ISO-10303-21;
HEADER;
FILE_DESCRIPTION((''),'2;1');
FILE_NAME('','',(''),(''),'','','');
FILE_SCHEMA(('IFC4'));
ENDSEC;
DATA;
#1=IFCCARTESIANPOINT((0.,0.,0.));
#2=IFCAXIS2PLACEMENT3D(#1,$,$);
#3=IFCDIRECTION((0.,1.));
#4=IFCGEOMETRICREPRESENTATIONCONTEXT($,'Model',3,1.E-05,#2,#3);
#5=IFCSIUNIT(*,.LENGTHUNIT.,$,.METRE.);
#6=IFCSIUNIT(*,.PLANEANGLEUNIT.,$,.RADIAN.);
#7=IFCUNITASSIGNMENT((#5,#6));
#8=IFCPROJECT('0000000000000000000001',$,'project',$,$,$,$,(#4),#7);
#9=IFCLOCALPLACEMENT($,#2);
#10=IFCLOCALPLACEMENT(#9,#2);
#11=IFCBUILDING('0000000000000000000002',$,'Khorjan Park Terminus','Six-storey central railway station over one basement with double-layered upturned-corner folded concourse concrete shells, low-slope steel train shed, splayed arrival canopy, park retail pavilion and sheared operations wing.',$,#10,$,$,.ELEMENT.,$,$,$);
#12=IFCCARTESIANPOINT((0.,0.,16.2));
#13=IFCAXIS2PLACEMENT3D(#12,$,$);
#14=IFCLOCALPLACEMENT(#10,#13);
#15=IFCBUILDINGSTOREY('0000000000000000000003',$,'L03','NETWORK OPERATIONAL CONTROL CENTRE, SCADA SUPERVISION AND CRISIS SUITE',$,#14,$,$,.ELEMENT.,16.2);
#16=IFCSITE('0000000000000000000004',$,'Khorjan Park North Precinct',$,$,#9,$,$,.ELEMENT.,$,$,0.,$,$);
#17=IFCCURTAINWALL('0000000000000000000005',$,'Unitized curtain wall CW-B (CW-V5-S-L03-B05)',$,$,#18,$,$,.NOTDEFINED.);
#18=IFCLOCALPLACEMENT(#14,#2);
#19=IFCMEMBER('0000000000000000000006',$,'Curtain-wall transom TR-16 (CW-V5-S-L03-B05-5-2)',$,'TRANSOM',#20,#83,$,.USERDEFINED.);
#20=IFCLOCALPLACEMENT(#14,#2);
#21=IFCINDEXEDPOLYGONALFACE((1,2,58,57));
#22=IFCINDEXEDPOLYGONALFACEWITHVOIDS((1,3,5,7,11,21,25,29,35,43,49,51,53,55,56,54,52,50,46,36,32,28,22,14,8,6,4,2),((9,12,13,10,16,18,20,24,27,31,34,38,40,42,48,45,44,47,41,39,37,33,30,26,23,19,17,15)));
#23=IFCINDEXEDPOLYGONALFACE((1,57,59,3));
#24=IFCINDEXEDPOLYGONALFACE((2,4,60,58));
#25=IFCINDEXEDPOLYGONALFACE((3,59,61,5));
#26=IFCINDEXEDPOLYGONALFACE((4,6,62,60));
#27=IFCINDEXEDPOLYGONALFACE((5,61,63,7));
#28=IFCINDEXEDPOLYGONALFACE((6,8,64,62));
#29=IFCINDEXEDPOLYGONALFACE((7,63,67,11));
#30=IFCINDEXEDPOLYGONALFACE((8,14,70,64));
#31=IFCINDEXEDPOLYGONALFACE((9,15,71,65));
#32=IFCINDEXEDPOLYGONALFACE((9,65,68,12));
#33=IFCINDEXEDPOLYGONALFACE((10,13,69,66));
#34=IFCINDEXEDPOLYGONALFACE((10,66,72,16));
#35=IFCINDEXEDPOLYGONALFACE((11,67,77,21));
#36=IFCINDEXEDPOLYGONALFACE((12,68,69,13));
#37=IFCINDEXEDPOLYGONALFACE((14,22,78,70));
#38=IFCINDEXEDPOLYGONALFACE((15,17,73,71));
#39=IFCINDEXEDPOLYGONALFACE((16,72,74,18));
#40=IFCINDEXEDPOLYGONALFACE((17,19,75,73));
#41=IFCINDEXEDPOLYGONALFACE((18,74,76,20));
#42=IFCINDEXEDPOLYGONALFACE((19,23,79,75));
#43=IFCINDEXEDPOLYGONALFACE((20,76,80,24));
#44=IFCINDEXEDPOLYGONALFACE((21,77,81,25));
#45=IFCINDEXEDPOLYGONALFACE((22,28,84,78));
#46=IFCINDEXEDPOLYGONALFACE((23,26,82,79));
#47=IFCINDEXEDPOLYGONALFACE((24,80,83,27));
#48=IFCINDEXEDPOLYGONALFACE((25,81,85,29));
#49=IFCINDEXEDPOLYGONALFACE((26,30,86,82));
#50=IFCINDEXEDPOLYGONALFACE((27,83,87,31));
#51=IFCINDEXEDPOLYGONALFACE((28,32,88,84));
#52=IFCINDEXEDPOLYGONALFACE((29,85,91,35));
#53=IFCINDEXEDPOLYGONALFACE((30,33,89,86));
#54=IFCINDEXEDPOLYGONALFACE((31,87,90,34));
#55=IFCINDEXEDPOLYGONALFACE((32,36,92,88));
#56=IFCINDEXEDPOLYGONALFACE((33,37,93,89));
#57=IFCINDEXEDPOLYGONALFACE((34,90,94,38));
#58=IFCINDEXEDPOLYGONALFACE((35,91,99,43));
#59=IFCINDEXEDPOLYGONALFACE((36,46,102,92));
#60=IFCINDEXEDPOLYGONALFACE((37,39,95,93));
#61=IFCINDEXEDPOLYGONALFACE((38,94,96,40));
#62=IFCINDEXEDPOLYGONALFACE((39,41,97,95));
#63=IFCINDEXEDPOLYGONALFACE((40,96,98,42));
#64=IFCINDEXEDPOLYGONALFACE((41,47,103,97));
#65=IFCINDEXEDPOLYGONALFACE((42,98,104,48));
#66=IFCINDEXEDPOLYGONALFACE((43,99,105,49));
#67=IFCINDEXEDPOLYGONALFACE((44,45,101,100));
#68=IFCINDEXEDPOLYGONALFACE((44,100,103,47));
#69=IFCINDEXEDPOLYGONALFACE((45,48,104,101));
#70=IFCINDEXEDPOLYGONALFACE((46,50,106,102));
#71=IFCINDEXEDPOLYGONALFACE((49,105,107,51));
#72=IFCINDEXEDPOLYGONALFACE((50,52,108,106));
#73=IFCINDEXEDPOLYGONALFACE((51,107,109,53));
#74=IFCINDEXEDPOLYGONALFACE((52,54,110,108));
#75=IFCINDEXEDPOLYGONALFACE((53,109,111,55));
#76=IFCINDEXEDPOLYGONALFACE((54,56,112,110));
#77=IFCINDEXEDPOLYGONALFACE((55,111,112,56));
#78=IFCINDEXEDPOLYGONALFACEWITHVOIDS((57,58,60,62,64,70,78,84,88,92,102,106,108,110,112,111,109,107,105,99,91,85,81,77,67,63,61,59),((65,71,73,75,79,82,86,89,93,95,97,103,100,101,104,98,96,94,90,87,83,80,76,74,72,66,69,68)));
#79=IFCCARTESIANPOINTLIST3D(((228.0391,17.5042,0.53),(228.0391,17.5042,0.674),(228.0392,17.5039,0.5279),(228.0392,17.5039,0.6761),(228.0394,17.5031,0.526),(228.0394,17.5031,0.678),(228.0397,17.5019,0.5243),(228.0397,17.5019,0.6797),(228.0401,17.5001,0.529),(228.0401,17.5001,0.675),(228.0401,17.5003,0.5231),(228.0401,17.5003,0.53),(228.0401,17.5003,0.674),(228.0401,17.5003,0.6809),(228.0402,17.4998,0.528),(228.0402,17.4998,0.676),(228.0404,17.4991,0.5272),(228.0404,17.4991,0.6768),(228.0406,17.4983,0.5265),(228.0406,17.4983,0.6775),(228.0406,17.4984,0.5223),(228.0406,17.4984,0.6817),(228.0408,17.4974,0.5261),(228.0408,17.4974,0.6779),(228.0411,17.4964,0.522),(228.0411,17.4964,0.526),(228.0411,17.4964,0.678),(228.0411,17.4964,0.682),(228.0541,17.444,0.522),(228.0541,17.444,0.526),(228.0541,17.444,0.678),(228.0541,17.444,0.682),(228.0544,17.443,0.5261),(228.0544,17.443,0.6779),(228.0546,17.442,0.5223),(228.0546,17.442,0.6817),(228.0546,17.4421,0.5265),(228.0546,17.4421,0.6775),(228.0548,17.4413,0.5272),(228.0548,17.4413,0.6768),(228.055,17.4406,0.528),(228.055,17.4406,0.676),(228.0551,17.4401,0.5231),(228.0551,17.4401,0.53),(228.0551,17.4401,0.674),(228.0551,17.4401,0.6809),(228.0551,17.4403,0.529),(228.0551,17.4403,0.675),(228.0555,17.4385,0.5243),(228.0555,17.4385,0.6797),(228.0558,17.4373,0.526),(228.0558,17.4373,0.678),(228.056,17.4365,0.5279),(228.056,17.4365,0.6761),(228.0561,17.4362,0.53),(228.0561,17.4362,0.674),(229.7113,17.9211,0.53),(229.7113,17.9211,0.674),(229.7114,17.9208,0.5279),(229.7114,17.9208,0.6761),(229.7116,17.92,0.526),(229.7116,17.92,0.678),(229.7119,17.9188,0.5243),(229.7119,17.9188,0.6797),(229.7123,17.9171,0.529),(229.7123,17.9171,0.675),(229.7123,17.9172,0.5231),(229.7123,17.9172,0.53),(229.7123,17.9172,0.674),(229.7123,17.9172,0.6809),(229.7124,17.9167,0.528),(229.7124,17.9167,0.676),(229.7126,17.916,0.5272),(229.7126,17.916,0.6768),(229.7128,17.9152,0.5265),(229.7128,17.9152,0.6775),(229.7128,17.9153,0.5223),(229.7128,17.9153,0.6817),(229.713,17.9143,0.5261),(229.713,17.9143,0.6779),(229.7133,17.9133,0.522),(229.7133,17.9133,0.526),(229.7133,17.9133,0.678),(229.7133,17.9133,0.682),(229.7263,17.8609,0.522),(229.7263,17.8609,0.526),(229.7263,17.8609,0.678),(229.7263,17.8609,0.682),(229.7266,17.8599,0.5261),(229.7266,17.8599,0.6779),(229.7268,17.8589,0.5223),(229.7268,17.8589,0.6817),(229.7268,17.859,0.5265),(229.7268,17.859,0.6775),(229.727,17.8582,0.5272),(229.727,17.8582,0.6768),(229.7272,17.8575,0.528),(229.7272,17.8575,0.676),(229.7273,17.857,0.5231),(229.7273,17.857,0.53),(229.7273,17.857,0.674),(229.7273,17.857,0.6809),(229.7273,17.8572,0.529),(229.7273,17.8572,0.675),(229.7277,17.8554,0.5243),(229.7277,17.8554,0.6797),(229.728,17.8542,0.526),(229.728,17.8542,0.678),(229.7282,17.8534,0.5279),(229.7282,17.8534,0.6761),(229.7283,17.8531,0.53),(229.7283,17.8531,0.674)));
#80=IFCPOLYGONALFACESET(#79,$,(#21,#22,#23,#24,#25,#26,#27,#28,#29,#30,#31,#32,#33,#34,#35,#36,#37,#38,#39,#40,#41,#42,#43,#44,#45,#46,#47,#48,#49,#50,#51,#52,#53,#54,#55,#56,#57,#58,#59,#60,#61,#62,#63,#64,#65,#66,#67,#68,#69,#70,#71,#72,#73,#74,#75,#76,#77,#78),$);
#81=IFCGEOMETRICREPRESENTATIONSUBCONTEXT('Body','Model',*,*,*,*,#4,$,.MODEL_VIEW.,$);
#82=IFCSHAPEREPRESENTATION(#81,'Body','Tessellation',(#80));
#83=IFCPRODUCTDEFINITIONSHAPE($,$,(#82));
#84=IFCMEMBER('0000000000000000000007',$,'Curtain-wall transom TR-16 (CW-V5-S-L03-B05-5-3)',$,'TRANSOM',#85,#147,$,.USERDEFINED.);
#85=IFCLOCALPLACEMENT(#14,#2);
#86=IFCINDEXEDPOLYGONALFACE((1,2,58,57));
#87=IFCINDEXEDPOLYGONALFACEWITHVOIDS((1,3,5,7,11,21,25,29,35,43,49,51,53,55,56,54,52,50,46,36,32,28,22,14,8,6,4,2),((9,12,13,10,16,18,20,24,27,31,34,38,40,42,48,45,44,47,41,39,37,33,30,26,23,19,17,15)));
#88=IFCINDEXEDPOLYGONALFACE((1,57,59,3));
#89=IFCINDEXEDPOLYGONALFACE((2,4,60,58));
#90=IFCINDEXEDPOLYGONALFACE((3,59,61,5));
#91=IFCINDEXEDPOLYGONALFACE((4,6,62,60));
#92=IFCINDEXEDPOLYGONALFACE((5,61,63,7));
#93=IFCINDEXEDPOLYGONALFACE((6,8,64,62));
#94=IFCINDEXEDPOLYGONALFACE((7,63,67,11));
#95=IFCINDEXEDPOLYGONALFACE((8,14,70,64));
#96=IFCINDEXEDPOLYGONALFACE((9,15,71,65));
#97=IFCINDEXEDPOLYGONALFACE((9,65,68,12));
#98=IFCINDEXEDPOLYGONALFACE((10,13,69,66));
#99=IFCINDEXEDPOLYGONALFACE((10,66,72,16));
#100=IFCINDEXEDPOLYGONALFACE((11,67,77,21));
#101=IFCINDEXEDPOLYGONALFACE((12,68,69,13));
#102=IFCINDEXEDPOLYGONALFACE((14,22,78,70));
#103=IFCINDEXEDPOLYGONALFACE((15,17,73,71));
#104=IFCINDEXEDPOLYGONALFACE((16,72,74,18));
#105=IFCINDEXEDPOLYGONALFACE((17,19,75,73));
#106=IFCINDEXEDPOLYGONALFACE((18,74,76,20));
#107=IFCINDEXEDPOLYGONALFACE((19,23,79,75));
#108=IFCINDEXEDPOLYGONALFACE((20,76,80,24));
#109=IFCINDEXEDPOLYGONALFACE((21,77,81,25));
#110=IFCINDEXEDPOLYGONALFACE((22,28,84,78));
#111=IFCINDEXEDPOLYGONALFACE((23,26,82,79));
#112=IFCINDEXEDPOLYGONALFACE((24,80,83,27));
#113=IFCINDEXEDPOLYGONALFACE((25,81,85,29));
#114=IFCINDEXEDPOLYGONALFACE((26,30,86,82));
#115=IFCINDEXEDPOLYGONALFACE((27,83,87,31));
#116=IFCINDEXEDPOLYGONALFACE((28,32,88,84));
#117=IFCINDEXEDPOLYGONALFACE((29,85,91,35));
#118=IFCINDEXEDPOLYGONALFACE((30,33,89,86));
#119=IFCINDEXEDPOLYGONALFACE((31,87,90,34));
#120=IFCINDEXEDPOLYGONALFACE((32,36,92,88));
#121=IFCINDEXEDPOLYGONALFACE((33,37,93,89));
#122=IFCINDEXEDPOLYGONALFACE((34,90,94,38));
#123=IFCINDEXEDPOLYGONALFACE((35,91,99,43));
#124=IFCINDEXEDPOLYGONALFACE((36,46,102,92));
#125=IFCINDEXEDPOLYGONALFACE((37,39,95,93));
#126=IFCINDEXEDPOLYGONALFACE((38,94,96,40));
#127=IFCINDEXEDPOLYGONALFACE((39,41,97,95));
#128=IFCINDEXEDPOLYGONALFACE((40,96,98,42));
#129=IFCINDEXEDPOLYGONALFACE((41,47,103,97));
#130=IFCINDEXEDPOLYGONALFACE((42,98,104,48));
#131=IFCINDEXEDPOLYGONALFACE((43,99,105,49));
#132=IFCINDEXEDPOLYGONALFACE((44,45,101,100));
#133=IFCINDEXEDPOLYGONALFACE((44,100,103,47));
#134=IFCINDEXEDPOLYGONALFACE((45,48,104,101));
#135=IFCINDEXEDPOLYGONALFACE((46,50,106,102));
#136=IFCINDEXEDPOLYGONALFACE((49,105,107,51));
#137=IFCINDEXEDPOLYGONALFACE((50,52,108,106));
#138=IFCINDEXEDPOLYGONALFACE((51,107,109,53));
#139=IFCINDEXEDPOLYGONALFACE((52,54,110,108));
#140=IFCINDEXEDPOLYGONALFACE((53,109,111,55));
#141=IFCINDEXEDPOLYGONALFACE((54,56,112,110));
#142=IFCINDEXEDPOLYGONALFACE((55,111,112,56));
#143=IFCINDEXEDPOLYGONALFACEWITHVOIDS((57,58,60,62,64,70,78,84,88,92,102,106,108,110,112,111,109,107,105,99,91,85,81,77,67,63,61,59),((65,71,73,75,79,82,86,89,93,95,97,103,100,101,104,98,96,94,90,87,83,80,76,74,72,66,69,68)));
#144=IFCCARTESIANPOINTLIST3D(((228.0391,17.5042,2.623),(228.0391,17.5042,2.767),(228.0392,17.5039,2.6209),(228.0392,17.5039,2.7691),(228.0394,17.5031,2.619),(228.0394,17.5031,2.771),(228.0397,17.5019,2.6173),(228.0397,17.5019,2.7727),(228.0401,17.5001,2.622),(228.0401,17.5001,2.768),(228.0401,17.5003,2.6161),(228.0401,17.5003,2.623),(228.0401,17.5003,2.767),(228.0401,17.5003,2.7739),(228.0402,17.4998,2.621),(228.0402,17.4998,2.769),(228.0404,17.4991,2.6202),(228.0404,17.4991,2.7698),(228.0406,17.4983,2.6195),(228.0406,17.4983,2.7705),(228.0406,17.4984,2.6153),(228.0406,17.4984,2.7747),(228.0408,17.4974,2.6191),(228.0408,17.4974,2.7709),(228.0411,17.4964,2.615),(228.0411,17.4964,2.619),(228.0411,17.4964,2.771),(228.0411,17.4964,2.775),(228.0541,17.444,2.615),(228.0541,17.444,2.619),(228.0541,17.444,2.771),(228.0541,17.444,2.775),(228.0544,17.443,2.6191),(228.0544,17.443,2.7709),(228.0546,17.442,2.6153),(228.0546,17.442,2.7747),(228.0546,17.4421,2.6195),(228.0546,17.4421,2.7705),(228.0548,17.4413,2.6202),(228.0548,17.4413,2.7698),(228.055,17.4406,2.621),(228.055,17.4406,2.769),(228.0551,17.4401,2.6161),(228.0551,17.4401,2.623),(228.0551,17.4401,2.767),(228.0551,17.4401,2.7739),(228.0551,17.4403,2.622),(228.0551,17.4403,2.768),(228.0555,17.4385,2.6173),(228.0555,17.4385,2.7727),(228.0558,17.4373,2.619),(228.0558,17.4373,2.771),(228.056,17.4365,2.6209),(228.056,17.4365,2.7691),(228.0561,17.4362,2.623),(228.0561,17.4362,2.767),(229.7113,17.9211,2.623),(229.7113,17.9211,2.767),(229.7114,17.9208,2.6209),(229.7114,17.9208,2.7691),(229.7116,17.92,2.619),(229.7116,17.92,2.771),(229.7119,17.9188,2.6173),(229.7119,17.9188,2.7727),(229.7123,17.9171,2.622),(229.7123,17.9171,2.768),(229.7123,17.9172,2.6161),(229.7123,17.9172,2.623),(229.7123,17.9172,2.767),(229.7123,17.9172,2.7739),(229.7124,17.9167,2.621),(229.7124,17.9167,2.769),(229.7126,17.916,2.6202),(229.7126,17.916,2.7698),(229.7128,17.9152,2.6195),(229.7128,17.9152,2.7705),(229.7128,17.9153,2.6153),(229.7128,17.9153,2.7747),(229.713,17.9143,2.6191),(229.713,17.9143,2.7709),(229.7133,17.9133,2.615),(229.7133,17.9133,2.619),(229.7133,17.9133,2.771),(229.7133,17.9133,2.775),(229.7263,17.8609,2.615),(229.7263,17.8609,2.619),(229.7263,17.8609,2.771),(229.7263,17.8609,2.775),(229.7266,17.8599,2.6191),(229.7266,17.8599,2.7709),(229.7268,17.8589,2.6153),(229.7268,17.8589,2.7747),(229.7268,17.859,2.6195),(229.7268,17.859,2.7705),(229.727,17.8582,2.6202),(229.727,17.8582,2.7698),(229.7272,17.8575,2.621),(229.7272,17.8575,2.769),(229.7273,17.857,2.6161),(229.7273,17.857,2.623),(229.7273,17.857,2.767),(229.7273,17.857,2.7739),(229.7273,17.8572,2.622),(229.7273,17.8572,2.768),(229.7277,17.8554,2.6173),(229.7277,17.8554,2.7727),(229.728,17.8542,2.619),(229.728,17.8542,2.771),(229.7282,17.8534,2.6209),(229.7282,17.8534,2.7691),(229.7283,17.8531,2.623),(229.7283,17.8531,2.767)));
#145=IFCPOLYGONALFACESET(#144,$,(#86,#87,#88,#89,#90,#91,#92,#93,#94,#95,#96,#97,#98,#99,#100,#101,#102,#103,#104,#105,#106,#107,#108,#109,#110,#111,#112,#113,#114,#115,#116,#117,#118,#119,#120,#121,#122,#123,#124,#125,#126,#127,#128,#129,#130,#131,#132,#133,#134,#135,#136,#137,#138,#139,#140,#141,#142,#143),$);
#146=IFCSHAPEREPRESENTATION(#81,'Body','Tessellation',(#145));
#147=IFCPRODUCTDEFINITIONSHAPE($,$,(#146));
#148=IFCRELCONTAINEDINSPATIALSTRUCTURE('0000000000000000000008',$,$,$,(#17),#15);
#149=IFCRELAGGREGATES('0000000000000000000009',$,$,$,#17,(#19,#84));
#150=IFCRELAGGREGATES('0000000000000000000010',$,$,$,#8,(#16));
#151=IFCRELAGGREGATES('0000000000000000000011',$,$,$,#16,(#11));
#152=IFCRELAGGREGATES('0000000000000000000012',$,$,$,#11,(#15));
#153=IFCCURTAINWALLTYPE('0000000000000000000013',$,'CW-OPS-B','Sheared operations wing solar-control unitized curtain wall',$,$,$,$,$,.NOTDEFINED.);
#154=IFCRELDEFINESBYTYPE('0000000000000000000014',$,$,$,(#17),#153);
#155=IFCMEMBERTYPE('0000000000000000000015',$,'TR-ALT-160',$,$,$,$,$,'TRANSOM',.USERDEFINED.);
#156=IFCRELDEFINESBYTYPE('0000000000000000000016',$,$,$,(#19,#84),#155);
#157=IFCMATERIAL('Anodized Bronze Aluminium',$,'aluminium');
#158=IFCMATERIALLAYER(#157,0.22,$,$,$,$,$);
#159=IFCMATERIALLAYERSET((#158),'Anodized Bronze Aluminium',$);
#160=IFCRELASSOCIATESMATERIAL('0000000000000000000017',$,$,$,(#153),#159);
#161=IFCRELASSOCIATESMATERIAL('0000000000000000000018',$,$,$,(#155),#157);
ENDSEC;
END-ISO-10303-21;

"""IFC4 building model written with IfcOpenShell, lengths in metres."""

from ifc_helpers import new_model, si_unit, direction, frame, origin, origin_2d, place, context, subcontext, project, spatial, hollow_rectangle, extrude, material, layer, layer_set, material_profile, profile_set, type_object, element, aggregate, save


model = new_model("IFC4")

# Units and contexts
model_context = context("Model", 3, precision=1e-05, world=origin(), true_north=direction((0.0, 1.0)))
body_context = subcontext(model_context, "Body", "Model", "MODEL_VIEW")
ifc_project = project(units=[si_unit("LENGTHUNIT", "METRE"), si_unit("PLANEANGLEUNIT", "RADIAN")], contexts=[model_context])

# Site, building, storey
site_placement = place(None, origin())
site = spatial("IfcSite", under=ifc_project, at=site_placement, Name="Khorjan Park North Precinct", CompositionType="ELEMENT", RefElevation=0.0)
building_placement = place(site_placement, origin())
building = spatial("IfcBuilding", under=site, at=building_placement, Name="Khorjan Park Terminus", Description="Six-storey central railway station over one basement with double-layered upturned-corner folded concourse concrete shells, low-slope steel train shed, splayed arrival canopy, park retail pavilion and sheared operations wing.", CompositionType="ELEMENT")
storey_placement = place(building_placement, frame((0.0, 0.0, 16.2)))
storey = spatial("IfcBuildingStorey", under=building, at=storey_placement, Name="L03", Description="NETWORK OPERATIONAL CONTROL CENTRE, SCADA SUPERVISION AND CRISIS SUITE", CompositionType="ELEMENT", Elevation=16.2)

# Curtain wall
ifc_material_1 = material(Name="Anodized Bronze Aluminium", Category="aluminium")
ifc_layer_1 = layer(ifc_material_1, 0.22)
ifc_layer_set_1 = layer_set([ifc_layer_1], Name="Anodized Bronze Aluminium")
curtain_wall_type = type_object("IfcCurtainWallType", Name="CW-OPS-B", Description="Sheared operations wing solar-control unitized curtain wall", PredefinedType="NOTDEFINED", material=ifc_layer_set_1)
curtain_wall_1_placement = place(storey_placement, origin())
curtain_wall_1 = element("IfcCurtainWall", 1, at=curtain_wall_1_placement, inside=storey, type_object=curtain_wall_type, Name="Unitized curtain wall CW-B (CW-V5-S-L03-B05)", PredefinedType="NOTDEFINED")

# Members
ifc_material_profile_1 = material_profile(ifc_material_1, hollow_rectangle(XDim=0.07, YDim=0.16, WallThickness=0.004, InnerFilletRadius=0.004, OuterFilletRadius=0.008, at=origin_2d()), Name="ALT 70x160x4")
ifc_profile_set_1 = profile_set([ifc_material_profile_1], Name="Anodized Bronze Aluminium")
member_type_1 = type_object("IfcMemberType", Name="TR-ALT-160", ElementType="TRANSOM", PredefinedType="USERDEFINED", material=ifc_profile_set_1)
member_1_placement = place(storey_placement, frame((228.0476, 17.4702, 0.602), z_axis=(0.970299, 0.241908, 0.0), x_axis=(-0.241908, 0.970299, 0.0)))
member_1 = element("IfcMember", 2, at=member_1_placement, type_object=member_type_1, Name="Curtain-wall transom TR-16 (CW-V5-S-L03-B05-5-2)", ObjectType="TRANSOM", PredefinedType="USERDEFINED", context=body_context, shape_type="SweptSolid", body=[
    extrude(hollow_rectangle(XDim=0.07, YDim=0.16, WallThickness=0.004, InnerFilletRadius=0.004, OuterFilletRadius=0.008, at=origin_2d()), origin(), (0.0, 0.0, 1.0), 1.7234),
])
member_2_placement = place(storey_placement, frame((228.0476, 17.4702, 2.695), z_axis=(0.970299, 0.241908, 0.0), x_axis=(-0.241908, 0.970299, 0.0)))
member_2 = element("IfcMember", 3, at=member_2_placement, type_object=member_type_1, Name="Curtain-wall transom TR-16 (CW-V5-S-L03-B05-5-3)", ObjectType="TRANSOM", PredefinedType="USERDEFINED", context=body_context, shape_type="SweptSolid", body=[
    extrude(hollow_rectangle(XDim=0.07, YDim=0.16, WallThickness=0.004, InnerFilletRadius=0.004, OuterFilletRadius=0.008, at=origin_2d()), origin(), (0.0, 0.0, 1.0), 1.7234),
])

aggregate(curtain_wall_1, [member_1, member_2])

save(model, "model.ifc")
